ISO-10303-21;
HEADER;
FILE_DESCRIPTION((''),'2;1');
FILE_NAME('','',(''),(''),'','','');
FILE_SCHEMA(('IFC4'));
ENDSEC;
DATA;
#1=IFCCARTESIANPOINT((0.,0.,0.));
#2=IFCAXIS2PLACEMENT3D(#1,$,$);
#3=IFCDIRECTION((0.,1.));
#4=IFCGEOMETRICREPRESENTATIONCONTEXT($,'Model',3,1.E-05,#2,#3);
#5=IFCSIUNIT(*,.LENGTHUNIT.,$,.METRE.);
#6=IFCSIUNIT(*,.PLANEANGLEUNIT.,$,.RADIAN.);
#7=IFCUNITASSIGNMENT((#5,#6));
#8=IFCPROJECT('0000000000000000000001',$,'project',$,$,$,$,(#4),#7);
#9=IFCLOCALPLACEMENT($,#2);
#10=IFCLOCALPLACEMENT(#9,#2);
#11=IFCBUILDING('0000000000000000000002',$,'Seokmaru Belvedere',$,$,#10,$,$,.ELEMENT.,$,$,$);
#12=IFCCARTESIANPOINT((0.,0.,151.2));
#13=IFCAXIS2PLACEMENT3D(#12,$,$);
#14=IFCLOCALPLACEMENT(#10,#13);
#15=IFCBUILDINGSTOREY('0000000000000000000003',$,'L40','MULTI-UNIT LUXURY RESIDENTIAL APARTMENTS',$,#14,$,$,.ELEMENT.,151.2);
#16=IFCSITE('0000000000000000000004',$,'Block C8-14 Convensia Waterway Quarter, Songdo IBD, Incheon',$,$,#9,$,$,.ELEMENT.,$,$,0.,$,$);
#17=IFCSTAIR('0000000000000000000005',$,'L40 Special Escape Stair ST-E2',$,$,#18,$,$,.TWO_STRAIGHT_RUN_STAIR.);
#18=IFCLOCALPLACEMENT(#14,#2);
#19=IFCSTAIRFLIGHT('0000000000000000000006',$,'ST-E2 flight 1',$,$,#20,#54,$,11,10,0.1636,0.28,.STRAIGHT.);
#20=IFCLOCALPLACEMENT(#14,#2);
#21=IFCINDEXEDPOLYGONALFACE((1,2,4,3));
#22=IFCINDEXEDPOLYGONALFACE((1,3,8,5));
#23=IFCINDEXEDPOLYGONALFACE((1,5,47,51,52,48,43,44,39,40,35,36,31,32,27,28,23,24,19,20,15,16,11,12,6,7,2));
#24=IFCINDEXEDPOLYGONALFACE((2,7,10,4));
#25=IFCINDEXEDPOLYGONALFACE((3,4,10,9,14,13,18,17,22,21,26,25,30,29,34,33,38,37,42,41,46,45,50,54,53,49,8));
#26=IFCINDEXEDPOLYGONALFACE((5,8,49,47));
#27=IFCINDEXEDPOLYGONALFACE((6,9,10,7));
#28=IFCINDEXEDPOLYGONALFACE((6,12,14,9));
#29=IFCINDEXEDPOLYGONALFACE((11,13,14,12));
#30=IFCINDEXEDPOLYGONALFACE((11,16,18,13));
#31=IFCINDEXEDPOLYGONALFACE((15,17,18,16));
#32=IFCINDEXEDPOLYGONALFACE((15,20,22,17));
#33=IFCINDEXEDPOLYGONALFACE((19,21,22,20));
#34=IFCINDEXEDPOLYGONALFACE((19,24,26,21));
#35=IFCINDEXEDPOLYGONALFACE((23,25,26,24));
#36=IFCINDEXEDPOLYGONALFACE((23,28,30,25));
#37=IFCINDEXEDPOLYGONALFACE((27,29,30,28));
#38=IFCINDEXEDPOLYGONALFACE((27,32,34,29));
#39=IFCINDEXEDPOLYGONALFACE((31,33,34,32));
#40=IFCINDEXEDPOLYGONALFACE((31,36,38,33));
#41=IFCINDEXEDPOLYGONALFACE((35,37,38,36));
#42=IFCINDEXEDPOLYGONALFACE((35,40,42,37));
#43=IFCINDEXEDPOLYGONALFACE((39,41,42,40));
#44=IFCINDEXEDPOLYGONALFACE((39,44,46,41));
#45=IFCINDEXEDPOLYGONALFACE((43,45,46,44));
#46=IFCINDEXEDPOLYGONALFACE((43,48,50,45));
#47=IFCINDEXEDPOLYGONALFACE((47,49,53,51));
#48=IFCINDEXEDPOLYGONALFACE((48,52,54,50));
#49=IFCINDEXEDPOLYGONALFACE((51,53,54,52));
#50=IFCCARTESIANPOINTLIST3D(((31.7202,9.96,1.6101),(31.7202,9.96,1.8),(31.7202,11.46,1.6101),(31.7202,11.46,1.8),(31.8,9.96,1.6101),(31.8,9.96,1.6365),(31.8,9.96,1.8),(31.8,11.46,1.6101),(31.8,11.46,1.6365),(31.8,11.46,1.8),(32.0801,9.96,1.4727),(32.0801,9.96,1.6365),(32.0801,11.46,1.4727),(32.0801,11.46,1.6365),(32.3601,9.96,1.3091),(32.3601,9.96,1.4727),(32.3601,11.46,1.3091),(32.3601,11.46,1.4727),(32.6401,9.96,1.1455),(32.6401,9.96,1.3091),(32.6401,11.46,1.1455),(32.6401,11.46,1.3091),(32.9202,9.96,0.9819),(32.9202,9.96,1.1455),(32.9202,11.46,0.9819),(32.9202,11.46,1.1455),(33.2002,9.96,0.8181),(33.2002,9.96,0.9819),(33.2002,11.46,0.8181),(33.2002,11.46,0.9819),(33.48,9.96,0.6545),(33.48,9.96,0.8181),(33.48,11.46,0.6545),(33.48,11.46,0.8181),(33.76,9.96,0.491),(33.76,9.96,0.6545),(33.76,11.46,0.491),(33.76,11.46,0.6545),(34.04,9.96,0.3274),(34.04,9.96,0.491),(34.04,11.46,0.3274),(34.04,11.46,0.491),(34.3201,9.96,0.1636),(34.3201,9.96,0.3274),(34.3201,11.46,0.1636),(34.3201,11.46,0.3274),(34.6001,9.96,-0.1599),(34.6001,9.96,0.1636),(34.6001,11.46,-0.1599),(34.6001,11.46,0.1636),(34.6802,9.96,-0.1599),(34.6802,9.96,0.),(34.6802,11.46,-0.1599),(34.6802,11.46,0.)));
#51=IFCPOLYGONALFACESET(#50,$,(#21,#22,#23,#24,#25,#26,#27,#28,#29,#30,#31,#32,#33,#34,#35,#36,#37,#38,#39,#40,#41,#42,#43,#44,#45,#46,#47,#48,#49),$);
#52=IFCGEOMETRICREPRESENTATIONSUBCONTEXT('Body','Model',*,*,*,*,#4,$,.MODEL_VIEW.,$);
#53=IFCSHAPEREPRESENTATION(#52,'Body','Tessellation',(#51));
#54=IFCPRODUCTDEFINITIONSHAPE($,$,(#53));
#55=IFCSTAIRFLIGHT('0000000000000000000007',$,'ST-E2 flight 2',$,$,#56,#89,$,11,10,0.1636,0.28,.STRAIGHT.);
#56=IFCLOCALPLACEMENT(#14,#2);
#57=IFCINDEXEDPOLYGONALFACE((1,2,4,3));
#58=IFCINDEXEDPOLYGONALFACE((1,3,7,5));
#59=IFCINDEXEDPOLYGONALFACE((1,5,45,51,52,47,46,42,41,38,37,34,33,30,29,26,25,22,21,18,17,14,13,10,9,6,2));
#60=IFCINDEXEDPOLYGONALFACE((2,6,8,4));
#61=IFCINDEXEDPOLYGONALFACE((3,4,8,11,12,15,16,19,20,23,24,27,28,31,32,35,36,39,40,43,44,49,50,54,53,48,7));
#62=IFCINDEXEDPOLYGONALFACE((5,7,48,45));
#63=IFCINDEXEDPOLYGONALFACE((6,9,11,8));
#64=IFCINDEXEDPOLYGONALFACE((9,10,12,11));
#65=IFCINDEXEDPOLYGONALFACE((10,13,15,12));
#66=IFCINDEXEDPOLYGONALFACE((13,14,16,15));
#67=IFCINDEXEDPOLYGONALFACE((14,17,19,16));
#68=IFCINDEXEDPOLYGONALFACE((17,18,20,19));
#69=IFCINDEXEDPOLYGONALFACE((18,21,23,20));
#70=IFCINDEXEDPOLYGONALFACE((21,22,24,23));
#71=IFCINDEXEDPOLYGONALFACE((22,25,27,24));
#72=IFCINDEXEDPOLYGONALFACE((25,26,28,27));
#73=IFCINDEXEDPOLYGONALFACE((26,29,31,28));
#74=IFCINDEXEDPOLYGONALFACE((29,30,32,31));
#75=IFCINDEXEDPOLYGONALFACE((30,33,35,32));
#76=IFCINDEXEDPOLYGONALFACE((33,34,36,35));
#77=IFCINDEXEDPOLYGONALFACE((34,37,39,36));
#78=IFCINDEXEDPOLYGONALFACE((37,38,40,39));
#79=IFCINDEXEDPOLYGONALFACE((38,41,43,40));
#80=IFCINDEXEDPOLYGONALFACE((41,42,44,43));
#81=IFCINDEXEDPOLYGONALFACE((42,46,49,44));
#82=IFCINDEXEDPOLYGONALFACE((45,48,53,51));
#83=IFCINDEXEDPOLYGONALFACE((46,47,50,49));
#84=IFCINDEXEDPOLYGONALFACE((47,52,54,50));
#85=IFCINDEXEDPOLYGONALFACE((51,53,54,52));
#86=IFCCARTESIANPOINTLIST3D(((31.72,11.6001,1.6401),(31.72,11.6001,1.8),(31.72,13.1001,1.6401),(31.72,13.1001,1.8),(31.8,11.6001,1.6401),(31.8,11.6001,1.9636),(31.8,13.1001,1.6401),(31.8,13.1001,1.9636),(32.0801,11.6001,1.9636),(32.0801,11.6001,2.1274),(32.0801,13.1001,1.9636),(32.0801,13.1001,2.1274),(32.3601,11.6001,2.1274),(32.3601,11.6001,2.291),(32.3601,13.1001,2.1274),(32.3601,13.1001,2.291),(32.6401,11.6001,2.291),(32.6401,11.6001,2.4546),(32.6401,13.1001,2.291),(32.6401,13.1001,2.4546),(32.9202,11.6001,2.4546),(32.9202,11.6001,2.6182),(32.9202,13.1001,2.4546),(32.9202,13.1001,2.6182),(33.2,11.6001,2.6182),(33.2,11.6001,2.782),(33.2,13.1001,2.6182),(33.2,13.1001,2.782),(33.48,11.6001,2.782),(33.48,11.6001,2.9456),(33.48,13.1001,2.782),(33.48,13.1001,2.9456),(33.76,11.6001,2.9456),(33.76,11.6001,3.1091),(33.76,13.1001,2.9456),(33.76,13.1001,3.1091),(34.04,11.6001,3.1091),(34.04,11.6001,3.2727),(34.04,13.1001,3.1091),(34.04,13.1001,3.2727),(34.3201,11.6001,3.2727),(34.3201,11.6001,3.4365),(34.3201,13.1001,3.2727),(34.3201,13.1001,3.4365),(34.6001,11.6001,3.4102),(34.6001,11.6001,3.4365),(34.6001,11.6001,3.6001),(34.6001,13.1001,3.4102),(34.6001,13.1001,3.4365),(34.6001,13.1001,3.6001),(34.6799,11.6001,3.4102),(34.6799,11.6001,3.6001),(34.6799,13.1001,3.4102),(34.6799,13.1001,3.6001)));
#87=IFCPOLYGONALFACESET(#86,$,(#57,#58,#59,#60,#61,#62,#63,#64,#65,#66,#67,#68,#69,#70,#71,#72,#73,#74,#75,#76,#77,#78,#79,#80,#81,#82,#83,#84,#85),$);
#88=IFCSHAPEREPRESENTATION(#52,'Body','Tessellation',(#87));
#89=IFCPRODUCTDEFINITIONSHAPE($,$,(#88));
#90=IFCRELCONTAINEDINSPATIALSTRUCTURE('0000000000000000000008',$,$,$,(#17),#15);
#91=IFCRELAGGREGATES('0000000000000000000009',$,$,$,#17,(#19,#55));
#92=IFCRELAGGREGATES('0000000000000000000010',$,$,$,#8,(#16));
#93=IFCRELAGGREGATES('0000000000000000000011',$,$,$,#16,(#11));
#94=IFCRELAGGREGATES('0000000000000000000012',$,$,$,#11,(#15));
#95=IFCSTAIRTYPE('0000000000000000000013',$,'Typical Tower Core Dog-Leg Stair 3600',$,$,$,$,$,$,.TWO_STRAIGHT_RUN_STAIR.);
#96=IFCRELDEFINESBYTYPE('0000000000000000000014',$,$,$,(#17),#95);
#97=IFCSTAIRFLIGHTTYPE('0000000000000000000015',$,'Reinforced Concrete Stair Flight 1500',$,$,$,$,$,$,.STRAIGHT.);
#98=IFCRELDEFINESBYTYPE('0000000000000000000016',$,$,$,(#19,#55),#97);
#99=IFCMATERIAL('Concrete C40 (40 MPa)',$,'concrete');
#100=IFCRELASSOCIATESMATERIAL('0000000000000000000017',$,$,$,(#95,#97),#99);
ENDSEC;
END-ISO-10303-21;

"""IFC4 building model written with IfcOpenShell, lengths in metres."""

from ifc_helpers import new_model, si_unit, direction, frame, origin, place, context, subcontext, project, spatial, polyline, outline, extrude, material, type_object, element, aggregate, save


model = new_model("IFC4")

# Units and contexts
model_context = context("Model", 3, precision=1e-05, world=origin(), true_north=direction((0.0, 1.0)))
body_context = subcontext(model_context, "Body", "Model", "MODEL_VIEW")
ifc_project = project(units=[si_unit("LENGTHUNIT", "METRE"), si_unit("PLANEANGLEUNIT", "RADIAN")], contexts=[model_context])

# Site, building, storey
site_placement = place(None, origin())
site = spatial("IfcSite", under=ifc_project, at=site_placement, Name="Block C8-14 Convensia Waterway Quarter, Songdo IBD, Incheon", CompositionType="ELEMENT", RefElevation=0.0)
building_placement = place(site_placement, origin())
building = spatial("IfcBuilding", under=site, at=building_placement, Name="Seokmaru Belvedere", CompositionType="ELEMENT")
storey_placement = place(building_placement, frame((0.0, 0.0, 151.2)))
storey = spatial("IfcBuildingStorey", under=building, at=storey_placement, Name="L40", Description="MULTI-UNIT LUXURY RESIDENTIAL APARTMENTS", CompositionType="ELEMENT", Elevation=151.2)

# Stair, stair flights
ifc_material_1 = material(Name="Concrete C40 (40 MPa)", Category="concrete")
stair_type = type_object("IfcStairType", Name="Typical Tower Core Dog-Leg Stair 3600", PredefinedType="TWO_STRAIGHT_RUN_STAIR", material=ifc_material_1)
stair_placement = place(storey_placement, origin())
stair = element("IfcStair", 1, at=stair_placement, inside=storey, type_object=stair_type, Name="L40 Special Escape Stair ST-E2", PredefinedType="TWO_STRAIGHT_RUN_STAIR")
stair_flight_type = type_object("IfcStairFlightType", Name="Reinforced Concrete Stair Flight 1500", PredefinedType="STRAIGHT", material=ifc_material_1)
stair_flight_1_placement = place(storey_placement, frame((34.6001, 10.71, 0.0), z_axis=(0.0, 0.0, 1.0), x_axis=(-1.0, 0.0, 0.0)))
stair_flight_1 = element("IfcStairFlight", 2, at=stair_flight_1_placement, type_object=stair_flight_type, Name="ST-E2 flight 1", NumberOfRisers=11, NumberOfTreads=10, PredefinedType="STRAIGHT", RiserHeight=0.1636, TreadLength=0.28, context=body_context, shape_type="SweptSolid", body=[
    extrude(outline(polyline([(-0.0801, 0.0), (0.0, 0.1636), (0.28, 0.1636), (0.28, 0.3274), (0.5601, 0.3274), (0.5601, 0.491), (0.8401, 0.491), (0.8401, 0.6545), (1.1201, 0.6545), (1.1201, 0.8181), (1.3999, 0.8181), (1.3999, 0.9819), (1.6799, 0.9819), (1.6799, 1.1455), (1.96, 1.1455), (1.96, 1.3091), (2.24, 1.3091), (2.24, 1.4727), (2.52, 1.4727), (2.52, 1.6365), (2.8, 1.6365), (2.8, 1.8), (2.8799, 1.8), (2.8799, 1.6101), (2.8, 1.6101), (0.0, -0.1599), (-0.0801, -0.1599), (-0.0801, 0.0)])), frame((0.0, 0.75, 0.0), z_axis=(0.0, -1.0, 0.0), x_axis=(1.0, 0.0, 0.0)), (0.0, 0.0, 1.0), 1.5),
])
stair_flight_2_placement = place(storey_placement, frame((31.8, 12.3501, 1.8), z_axis=(0.0, 0.0, 1.0), x_axis=(1.0, 0.0, 0.0)))
stair_flight_2 = element("IfcStairFlight", 3, at=stair_flight_2_placement, type_object=stair_flight_type, Name="ST-E2 flight 2", NumberOfRisers=11, NumberOfTreads=10, PredefinedType="STRAIGHT", RiserHeight=0.1636, TreadLength=0.28, context=body_context, shape_type="SweptSolid", body=[
    extrude(outline(polyline([(-0.0801, 0.0), (0.0, 0.1636), (0.28, 0.1636), (0.28, 0.3274), (0.5601, 0.3274), (0.5601, 0.491), (0.8401, 0.491), (0.8401, 0.6545), (1.1201, 0.6545), (1.1201, 0.8181), (1.3999, 0.8181), (1.3999, 0.9819), (1.6799, 0.9819), (1.6799, 1.1455), (1.96, 1.1455), (1.96, 1.3091), (2.24, 1.3091), (2.24, 1.4727), (2.52, 1.4727), (2.52, 1.6365), (2.8, 1.6365), (2.8, 1.8), (2.8799, 1.8), (2.8799, 1.6101), (2.8, 1.6101), (0.0, -0.1599), (-0.0801, -0.1599), (-0.0801, 0.0)])), frame((0.0, 0.75, 0.0), z_axis=(0.0, -1.0, 0.0), x_axis=(1.0, 0.0, 0.0)), (0.0, 0.0, 1.0), 1.5),
])
aggregate(stair, [stair_flight_1, stair_flight_2])

save(model, "model.ifc")
